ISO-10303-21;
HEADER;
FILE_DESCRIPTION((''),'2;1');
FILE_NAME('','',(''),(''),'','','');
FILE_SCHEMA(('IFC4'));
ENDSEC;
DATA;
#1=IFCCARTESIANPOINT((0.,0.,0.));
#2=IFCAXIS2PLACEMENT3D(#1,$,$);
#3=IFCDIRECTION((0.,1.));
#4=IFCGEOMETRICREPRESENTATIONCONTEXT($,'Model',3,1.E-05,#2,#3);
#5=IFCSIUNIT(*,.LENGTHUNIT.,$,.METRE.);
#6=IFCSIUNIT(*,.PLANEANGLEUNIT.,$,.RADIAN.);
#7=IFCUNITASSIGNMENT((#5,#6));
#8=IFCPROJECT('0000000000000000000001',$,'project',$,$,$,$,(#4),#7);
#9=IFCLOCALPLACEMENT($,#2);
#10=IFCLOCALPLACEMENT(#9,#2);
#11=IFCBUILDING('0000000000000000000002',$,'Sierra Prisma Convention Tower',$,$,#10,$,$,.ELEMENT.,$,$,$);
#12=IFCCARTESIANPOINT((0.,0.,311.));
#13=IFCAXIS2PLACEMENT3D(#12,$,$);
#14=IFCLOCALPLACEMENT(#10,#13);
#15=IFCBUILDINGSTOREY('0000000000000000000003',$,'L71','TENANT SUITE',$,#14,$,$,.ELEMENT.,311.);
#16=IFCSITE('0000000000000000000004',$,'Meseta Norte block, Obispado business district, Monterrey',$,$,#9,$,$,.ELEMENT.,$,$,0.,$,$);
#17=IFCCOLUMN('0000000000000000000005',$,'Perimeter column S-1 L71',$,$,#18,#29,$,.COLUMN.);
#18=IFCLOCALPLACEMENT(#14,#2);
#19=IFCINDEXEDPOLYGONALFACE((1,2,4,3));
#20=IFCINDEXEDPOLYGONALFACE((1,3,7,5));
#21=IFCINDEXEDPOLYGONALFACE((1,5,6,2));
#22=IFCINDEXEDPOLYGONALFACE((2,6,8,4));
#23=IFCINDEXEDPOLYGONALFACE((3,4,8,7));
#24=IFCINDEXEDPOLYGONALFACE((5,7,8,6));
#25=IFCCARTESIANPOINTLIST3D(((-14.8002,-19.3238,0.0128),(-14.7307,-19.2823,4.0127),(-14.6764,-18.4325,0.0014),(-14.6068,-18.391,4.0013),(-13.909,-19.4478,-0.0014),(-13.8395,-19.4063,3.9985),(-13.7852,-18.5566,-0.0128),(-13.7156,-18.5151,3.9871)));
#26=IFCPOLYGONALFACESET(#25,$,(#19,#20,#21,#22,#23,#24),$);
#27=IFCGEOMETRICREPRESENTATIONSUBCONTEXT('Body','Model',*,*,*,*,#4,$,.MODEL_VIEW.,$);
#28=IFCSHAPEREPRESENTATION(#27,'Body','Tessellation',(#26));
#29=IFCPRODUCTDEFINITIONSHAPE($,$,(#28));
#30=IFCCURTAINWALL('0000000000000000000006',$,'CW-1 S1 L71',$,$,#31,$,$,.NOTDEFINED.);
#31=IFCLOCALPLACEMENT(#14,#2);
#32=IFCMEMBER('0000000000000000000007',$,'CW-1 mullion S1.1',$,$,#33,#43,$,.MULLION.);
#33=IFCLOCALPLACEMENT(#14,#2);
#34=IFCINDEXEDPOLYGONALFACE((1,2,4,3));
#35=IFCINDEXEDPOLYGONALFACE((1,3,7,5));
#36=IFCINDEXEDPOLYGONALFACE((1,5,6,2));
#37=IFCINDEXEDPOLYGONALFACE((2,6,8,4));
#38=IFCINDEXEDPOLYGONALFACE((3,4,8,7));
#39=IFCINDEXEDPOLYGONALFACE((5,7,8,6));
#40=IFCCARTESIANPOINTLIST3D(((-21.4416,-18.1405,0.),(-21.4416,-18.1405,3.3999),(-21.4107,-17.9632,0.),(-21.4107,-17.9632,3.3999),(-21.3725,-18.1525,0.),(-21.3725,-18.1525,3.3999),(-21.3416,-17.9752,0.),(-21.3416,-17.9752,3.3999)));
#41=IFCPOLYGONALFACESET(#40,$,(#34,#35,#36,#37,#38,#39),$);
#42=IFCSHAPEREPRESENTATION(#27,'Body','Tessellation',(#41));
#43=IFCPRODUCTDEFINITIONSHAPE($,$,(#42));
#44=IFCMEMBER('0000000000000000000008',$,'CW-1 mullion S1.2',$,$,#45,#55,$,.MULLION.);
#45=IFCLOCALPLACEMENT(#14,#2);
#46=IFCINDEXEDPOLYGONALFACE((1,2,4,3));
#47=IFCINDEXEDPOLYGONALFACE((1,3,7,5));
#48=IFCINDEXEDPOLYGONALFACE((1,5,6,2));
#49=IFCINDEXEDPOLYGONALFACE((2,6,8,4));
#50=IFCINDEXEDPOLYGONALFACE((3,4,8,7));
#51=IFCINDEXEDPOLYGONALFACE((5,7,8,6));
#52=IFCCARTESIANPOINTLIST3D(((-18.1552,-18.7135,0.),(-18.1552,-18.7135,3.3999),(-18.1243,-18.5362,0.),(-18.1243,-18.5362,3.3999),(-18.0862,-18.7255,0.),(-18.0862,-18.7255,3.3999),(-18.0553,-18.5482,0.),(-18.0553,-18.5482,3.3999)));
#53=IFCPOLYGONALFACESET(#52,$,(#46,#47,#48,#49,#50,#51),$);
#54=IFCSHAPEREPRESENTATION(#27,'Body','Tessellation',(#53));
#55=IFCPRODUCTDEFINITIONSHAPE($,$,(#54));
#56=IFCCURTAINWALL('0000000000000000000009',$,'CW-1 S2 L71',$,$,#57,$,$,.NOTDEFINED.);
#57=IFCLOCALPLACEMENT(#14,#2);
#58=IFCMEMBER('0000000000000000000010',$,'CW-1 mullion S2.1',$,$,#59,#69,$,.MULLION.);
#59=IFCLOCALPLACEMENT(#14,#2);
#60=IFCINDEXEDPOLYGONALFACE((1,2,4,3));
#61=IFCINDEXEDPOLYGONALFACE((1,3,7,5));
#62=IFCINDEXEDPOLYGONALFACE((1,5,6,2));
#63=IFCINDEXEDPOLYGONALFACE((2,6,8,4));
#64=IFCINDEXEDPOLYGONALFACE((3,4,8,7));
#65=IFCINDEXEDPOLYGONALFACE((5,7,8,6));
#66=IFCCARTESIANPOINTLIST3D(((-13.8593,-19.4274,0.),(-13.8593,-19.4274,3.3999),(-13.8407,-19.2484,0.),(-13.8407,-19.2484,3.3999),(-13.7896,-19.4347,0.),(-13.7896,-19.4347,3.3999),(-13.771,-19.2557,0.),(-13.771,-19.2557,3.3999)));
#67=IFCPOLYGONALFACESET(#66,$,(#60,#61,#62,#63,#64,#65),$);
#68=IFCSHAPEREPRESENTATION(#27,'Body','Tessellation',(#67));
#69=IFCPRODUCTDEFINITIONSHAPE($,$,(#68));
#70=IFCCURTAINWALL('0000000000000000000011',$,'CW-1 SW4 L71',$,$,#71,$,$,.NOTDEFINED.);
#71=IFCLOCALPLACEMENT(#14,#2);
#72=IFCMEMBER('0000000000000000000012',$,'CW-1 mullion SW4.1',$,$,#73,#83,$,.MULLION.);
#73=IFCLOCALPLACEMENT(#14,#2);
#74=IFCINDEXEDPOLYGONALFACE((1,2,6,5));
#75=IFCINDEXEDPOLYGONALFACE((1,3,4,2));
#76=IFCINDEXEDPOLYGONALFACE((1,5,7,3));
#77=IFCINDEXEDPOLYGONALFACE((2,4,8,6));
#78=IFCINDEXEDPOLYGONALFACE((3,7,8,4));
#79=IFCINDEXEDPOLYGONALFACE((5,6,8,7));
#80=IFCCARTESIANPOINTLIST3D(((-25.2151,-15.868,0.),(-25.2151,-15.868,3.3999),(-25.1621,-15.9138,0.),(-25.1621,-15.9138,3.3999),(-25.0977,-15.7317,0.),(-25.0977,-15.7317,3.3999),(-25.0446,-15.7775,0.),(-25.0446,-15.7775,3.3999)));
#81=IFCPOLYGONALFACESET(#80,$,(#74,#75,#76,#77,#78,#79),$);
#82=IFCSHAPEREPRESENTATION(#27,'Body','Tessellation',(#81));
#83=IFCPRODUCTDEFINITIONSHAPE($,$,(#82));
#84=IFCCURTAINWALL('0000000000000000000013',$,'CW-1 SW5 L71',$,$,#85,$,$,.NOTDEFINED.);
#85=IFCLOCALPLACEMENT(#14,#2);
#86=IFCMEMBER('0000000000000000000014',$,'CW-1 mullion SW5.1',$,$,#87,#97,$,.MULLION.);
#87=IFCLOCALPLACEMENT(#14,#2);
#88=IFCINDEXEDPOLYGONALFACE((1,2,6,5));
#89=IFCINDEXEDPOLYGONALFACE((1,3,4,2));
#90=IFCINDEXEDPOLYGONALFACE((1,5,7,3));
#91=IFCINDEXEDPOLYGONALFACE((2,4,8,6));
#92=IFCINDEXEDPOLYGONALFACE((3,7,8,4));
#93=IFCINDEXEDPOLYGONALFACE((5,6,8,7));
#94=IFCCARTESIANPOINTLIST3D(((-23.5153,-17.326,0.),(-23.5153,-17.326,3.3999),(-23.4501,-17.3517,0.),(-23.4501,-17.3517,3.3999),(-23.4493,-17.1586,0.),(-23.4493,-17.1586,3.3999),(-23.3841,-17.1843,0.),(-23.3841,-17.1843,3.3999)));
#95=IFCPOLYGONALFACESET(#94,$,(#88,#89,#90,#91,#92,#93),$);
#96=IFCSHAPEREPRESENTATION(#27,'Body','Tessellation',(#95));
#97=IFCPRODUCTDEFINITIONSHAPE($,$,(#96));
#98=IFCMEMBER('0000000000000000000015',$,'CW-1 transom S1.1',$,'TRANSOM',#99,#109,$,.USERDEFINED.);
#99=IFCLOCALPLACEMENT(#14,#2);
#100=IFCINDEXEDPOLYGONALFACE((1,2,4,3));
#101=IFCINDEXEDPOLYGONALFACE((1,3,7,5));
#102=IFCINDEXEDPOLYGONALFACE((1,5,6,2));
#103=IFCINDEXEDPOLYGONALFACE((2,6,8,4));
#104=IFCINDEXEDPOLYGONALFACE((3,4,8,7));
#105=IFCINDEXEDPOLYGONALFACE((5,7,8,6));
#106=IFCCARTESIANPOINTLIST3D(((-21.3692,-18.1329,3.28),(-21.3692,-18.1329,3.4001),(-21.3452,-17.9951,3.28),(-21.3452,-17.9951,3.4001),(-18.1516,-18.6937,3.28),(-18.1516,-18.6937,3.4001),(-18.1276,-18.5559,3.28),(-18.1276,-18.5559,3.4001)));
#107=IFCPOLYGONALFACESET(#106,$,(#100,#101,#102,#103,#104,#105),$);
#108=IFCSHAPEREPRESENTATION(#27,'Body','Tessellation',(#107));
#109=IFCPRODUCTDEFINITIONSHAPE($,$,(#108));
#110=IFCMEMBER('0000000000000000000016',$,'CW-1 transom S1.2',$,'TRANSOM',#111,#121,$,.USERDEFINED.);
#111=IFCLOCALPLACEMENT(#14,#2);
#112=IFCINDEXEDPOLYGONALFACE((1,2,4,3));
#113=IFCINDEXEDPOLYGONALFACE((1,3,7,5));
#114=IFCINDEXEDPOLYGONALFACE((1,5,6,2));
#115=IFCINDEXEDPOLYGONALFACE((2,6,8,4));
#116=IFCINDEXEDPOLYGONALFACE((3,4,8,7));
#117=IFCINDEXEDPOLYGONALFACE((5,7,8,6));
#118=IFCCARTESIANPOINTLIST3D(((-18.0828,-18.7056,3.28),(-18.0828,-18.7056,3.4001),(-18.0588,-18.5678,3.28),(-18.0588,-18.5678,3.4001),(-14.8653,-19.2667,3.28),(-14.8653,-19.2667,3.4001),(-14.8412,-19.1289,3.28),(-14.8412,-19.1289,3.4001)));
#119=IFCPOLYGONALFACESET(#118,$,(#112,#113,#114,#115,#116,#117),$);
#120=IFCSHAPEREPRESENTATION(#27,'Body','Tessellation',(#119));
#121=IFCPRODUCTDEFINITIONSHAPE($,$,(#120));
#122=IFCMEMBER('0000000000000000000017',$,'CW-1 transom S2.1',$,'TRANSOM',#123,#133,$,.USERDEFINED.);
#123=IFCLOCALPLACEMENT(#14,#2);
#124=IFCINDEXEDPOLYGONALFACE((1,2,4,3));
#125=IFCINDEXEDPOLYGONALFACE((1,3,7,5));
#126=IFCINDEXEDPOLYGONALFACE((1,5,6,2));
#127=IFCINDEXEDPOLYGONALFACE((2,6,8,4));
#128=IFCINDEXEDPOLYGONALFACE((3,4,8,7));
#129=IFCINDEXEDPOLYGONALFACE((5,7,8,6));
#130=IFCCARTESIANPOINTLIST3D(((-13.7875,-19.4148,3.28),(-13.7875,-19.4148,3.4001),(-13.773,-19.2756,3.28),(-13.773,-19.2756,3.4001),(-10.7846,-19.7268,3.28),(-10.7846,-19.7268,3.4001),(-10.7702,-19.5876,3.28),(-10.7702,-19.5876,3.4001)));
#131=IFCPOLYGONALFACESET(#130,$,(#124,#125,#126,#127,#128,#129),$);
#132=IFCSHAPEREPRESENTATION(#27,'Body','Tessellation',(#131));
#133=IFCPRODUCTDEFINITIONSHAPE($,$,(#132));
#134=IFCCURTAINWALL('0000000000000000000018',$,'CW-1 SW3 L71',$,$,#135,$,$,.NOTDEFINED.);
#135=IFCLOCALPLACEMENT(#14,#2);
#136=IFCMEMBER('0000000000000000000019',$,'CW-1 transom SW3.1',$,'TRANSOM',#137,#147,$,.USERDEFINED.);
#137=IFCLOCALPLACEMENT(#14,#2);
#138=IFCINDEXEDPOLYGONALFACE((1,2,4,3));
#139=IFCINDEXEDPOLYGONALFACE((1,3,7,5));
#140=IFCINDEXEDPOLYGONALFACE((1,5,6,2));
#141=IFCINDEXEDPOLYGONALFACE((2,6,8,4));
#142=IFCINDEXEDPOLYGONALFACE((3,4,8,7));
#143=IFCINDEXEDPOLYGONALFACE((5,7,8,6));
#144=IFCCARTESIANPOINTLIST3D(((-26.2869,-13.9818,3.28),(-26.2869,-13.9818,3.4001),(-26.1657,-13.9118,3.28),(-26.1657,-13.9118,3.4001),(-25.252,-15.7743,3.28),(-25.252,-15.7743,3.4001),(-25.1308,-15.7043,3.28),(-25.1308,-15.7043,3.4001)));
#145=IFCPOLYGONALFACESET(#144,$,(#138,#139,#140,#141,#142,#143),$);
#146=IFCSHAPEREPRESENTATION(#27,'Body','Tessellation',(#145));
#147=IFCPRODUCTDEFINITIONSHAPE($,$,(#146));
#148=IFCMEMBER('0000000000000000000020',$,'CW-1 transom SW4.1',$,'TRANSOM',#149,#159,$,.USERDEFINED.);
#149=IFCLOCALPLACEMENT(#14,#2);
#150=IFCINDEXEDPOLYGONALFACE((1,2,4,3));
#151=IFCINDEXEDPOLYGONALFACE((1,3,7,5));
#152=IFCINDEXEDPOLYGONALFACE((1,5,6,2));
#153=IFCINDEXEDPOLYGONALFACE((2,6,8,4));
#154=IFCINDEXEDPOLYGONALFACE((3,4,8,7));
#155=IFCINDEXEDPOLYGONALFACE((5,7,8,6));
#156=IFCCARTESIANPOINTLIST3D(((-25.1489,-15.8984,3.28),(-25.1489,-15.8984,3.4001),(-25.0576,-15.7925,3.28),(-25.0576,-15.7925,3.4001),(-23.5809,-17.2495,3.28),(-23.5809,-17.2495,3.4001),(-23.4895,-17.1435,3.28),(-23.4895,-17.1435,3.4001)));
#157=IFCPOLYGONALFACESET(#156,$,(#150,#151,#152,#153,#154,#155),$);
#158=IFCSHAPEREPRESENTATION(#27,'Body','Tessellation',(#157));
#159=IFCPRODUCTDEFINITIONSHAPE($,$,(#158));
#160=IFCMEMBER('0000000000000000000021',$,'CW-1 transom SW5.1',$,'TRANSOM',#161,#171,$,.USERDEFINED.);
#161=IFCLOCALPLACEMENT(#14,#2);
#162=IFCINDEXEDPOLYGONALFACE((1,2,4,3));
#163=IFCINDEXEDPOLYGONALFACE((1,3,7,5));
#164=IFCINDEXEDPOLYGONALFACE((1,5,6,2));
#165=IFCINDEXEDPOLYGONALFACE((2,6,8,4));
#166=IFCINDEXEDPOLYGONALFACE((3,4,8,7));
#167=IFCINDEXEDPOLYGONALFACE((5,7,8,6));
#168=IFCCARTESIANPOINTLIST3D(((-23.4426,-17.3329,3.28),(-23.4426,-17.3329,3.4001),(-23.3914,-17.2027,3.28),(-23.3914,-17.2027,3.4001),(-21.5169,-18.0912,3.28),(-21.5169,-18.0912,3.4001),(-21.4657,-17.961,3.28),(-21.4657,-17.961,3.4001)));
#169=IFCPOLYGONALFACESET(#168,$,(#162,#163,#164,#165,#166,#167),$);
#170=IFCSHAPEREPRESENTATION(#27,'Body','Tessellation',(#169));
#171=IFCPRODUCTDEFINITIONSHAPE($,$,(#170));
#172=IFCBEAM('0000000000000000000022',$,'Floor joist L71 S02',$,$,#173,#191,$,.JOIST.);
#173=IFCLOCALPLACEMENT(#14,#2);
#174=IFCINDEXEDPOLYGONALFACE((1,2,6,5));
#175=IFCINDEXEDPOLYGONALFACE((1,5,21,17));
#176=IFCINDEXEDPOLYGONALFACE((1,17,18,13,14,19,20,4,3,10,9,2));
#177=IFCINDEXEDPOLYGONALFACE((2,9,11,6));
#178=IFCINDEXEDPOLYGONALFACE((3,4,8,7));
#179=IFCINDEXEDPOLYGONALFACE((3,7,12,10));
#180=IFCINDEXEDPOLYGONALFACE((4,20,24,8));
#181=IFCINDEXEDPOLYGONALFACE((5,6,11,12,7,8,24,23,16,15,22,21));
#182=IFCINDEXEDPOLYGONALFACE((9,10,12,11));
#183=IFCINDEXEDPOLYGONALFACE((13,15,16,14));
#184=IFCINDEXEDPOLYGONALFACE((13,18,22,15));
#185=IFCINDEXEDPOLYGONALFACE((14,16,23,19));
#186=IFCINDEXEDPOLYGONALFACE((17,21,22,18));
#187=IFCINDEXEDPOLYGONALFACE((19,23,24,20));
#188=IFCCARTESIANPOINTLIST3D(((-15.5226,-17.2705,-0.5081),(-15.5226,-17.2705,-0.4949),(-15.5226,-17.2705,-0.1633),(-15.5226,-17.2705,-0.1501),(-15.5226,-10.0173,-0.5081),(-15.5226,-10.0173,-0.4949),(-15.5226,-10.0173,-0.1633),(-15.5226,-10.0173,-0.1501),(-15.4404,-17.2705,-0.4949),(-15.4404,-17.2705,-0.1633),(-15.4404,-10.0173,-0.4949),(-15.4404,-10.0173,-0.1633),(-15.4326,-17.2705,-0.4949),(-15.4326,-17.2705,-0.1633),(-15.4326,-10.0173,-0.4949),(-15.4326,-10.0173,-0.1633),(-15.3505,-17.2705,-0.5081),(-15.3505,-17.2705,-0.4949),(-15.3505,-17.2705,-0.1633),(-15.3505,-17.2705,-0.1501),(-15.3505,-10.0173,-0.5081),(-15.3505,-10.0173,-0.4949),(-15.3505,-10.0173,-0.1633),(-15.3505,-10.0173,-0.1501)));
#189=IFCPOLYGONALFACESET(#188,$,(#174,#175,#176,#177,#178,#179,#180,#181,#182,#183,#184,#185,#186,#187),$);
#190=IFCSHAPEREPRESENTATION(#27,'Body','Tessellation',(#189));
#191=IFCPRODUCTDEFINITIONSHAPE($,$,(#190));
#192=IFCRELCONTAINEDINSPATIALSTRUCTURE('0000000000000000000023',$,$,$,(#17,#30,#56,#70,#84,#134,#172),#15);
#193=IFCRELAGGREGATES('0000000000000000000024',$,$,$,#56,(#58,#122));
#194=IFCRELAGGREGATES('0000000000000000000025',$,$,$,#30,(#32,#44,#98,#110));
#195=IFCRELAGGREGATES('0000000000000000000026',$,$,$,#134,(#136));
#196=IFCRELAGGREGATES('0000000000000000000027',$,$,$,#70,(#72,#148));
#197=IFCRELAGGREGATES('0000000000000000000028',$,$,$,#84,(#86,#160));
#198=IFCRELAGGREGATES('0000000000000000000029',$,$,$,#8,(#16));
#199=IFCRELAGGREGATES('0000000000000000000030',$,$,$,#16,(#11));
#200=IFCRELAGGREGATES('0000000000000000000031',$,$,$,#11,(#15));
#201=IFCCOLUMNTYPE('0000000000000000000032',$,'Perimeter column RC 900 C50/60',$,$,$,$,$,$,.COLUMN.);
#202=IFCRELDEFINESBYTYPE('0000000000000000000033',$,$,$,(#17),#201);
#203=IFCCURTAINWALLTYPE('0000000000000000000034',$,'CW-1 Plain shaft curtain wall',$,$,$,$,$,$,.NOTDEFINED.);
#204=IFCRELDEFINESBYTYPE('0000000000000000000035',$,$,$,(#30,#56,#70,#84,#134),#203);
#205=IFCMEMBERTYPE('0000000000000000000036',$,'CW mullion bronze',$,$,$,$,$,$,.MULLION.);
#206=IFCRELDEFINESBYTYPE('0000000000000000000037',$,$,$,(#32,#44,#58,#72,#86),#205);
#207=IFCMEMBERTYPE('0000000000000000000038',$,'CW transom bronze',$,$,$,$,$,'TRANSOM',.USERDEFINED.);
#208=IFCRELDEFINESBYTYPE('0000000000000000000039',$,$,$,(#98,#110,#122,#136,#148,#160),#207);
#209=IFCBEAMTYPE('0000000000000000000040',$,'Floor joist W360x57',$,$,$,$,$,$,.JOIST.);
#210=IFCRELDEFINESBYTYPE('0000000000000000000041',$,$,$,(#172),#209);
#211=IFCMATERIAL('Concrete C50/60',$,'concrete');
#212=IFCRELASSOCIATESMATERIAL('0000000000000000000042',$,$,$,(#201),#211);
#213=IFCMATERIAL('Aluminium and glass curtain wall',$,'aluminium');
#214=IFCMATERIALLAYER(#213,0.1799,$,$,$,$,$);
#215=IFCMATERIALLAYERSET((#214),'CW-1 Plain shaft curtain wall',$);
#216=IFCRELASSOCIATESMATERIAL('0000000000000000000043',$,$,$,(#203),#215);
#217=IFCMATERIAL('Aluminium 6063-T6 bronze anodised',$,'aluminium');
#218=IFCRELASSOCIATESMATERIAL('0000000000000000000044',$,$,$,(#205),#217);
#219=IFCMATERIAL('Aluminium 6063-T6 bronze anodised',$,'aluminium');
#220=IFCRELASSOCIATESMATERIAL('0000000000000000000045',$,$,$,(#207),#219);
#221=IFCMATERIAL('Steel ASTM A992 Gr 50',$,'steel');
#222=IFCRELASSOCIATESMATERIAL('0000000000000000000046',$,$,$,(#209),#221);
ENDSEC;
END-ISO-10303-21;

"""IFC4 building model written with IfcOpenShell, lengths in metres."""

from ifc_helpers import new_model, si_unit, direction, frame, origin, origin_2d, place, context, subcontext, project, spatial, rectangle, i_section, extrude, material, layer, layer_set, material_profile, profile_set, type_object, element, aggregate, save


model = new_model("IFC4")

# Units and contexts
model_context = context("Model", 3, precision=1e-05, world=origin(), true_north=direction((0.0, 1.0)))
body_context = subcontext(model_context, "Body", "Model", "MODEL_VIEW")
ifc_project = project(units=[si_unit("LENGTHUNIT", "METRE"), si_unit("PLANEANGLEUNIT", "RADIAN")], contexts=[model_context])

# Site, building, storey
site_placement = place(None, origin())
site = spatial("IfcSite", under=ifc_project, at=site_placement, Name="Meseta Norte block, Obispado business district, Monterrey", CompositionType="ELEMENT", RefElevation=0.0)
building_placement = place(site_placement, origin())
building = spatial("IfcBuilding", under=site, at=building_placement, Name="Sierra Prisma Convention Tower", CompositionType="ELEMENT")
storey_placement = place(building_placement, frame((0.0, 0.0, 311.0)))
storey = spatial("IfcBuildingStorey", under=building, at=storey_placement, Name="L71", Description="TENANT SUITE", CompositionType="ELEMENT", Elevation=311.0)

# Column
ifc_material_1 = material(Name="Concrete C50/60", Category="concrete")
ifc_material_profile_1 = material_profile(ifc_material_1, rectangle(XDim=0.8999, YDim=0.8999, at=origin_2d()), Name="Perimeter column RC 900 C50/60")
ifc_profile_set_1 = profile_set([ifc_material_profile_1], Name="Concrete C50/60")
column_type = type_object("IfcColumnType", Name="Perimeter column RC 900 C50/60", PredefinedType="COLUMN", material=ifc_profile_set_1)
column_placement = place(storey_placement, frame((-14.2927, -18.9402, 0.0), z_axis=(0.017391, 0.010374, 0.999795), x_axis=(-0.990333, 0.137804, 0.015797)))
element("IfcColumn", 1, at=column_placement, inside=storey, type_object=column_type, Name="Perimeter column S-1 L71", PredefinedType="COLUMN", context=body_context, shape_type="SweptSolid", body=[
    extrude(rectangle(XDim=0.8999, YDim=0.8999, at=origin_2d()), origin(), (0.0, 0.0, 1.0), 4.0007),
])

# Curtain wall, members
ifc_material_2 = material(Name="Aluminium and glass curtain wall", Category="aluminium")
ifc_layer_1 = layer(ifc_material_2, 0.1799)
ifc_layer_set_1 = layer_set([ifc_layer_1], Name="CW-1 Plain shaft curtain wall")
curtain_wall_type = type_object("IfcCurtainWallType", Name="CW-1 Plain shaft curtain wall", PredefinedType="NOTDEFINED", material=ifc_layer_set_1)
curtain_wall_1_placement = place(storey_placement, origin())
curtain_wall_1 = element("IfcCurtainWall", 2, at=curtain_wall_1_placement, inside=storey, type_object=curtain_wall_type, Name="CW-1 S1 L71", PredefinedType="NOTDEFINED")
ifc_material_3 = material(Name="Aluminium 6063-T6 bronze anodised", Category="aluminium")
ifc_material_profile_2 = material_profile(ifc_material_3, rectangle(XDim=0.1799, YDim=0.0701, at=origin_2d()), Name="ALU MULLION 70x180")
ifc_profile_set_2 = profile_set([ifc_material_profile_2], Name="Aluminium 6063-T6 bronze anodised")
member_type_1 = type_object("IfcMemberType", Name="CW mullion bronze", PredefinedType="MULLION", material=ifc_profile_set_2)
member_1_placement = place(storey_placement, frame((-21.3916, -18.0579, 0.0), z_axis=(0.0, 0.0, 1.0), x_axis=(0.171733, 0.985144, 0.0)))
member_1 = element("IfcMember", 3, at=member_1_placement, type_object=member_type_1, Name="CW-1 mullion S1.1", PredefinedType="MULLION", context=body_context, shape_type="SweptSolid", body=[
    extrude(rectangle(XDim=0.1799, YDim=0.0701, at=origin_2d()), origin(), (0.0, 0.0, 1.0), 3.3999),
])
member_2_placement = place(storey_placement, frame((-18.1052, -18.6309, 0.0), z_axis=(0.0, 0.0, 1.0), x_axis=(0.171733, 0.985144, 0.0)))
member_2 = element("IfcMember", 4, at=member_2_placement, type_object=member_type_1, Name="CW-1 mullion S1.2", PredefinedType="MULLION", context=body_context, shape_type="SweptSolid", body=[
    extrude(rectangle(XDim=0.1799, YDim=0.0701, at=origin_2d()), origin(), (0.0, 0.0, 1.0), 3.3999),
])

# Curtain walls, members
curtain_wall_2_placement = place(storey_placement, origin())
curtain_wall_2 = element("IfcCurtainWall", 5, at=curtain_wall_2_placement, inside=storey, type_object=curtain_wall_type, Name="CW-1 S2 L71", PredefinedType="NOTDEFINED")
member_3_placement = place(storey_placement, frame((-13.8152, -19.3416, 0.0), z_axis=(0.0, 0.0, 1.0), x_axis=(0.103368, 0.994643, 0.0)))
member_3 = element("IfcMember", 6, at=member_3_placement, type_object=member_type_1, Name="CW-1 mullion S2.1", PredefinedType="MULLION", context=body_context, shape_type="SweptSolid", body=[
    extrude(rectangle(XDim=0.1799, YDim=0.0701, at=origin_2d()), origin(), (0.0, 0.0, 1.0), 3.3999),
])
curtain_wall_3_placement = place(storey_placement, origin())
curtain_wall_3 = element("IfcCurtainWall", 7, at=curtain_wall_3_placement, inside=storey, type_object=curtain_wall_type, Name="CW-1 SW4 L71", PredefinedType="NOTDEFINED")
member_4_placement = place(storey_placement, frame((-25.1299, -15.8228, 0.0), z_axis=(0.0, 0.0, 1.0), x_axis=(0.652714, 0.757605, 0.0)))
member_4 = element("IfcMember", 8, at=member_4_placement, type_object=member_type_1, Name="CW-1 mullion SW4.1", PredefinedType="MULLION", context=body_context, shape_type="SweptSolid", body=[
    extrude(rectangle(XDim=0.1799, YDim=0.0701, at=origin_2d()), origin(), (0.0, 0.0, 1.0), 3.3999),
])
curtain_wall_4_placement = place(storey_placement, origin())
curtain_wall_4 = element("IfcCurtainWall", 9, at=curtain_wall_4_placement, inside=storey, type_object=curtain_wall_type, Name="CW-1 SW5 L71", PredefinedType="NOTDEFINED")
member_5_placement = place(storey_placement, frame((-23.4497, -17.2551, 0.0), z_axis=(0.0, 0.0, 1.0), x_axis=(0.366388, 0.930462, 0.0)))
member_5 = element("IfcMember", 10, at=member_5_placement, type_object=member_type_1, Name="CW-1 mullion SW5.1", PredefinedType="MULLION", context=body_context, shape_type="SweptSolid", body=[
    extrude(rectangle(XDim=0.1799, YDim=0.0701, at=origin_2d()), origin(), (0.0, 0.0, 1.0), 3.3999),
])

# Members
ifc_material_4 = material(Name="Aluminium 6063-T6 bronze anodised", Category="aluminium")
ifc_material_profile_3 = material_profile(ifc_material_4, rectangle(XDim=0.1399, YDim=0.1201, at=origin_2d()), Name="ALU TRANSOM 120x140")
ifc_profile_set_3 = profile_set([ifc_material_profile_3], Name="Aluminium 6063-T6 bronze anodised")
member_type_2 = type_object("IfcMemberType", Name="CW transom bronze", ElementType="TRANSOM", PredefinedType="USERDEFINED", material=ifc_profile_set_3)
member_6_placement = place(storey_placement, frame((-21.3572, -18.064, 3.3401), z_axis=(0.985149, -0.171704, 0.0), x_axis=(0.171704, 0.985149, 0.0)))
member_6 = element("IfcMember", 11, at=member_6_placement, type_object=member_type_2, Name="CW-1 transom S1.1", ObjectType="TRANSOM", PredefinedType="USERDEFINED", context=body_context, shape_type="SweptSolid", body=[
    extrude(rectangle(XDim=0.1399, YDim=0.1201, at=origin_2d()), origin(), (0.0, 0.0, 1.0), 3.2661),
])
member_7_placement = place(storey_placement, frame((-18.0708, -18.6367, 3.3401), z_axis=(0.985136, -0.171776, 0.0), x_axis=(0.171776, 0.985136, 0.0)))
member_7 = element("IfcMember", 12, at=member_7_placement, type_object=member_type_2, Name="CW-1 transom S1.2", ObjectType="TRANSOM", PredefinedType="USERDEFINED", context=body_context, shape_type="SweptSolid", body=[
    extrude(rectangle(XDim=0.1399, YDim=0.1201, at=origin_2d()), origin(), (0.0, 0.0, 1.0), 3.2661),
])
member_8_placement = place(storey_placement, frame((-13.7803, -19.3452, 3.3401), z_axis=(0.994645, -0.103346, 0.0), x_axis=(0.103346, 0.994645, 0.0)))
member_8 = element("IfcMember", 13, at=member_8_placement, type_object=member_type_2, Name="CW-1 transom S2.1", ObjectType="TRANSOM", PredefinedType="USERDEFINED", context=body_context, shape_type="SweptSolid", body=[
    extrude(rectangle(XDim=0.1399, YDim=0.1201, at=origin_2d()), origin(), (0.0, 0.0, 1.0), 3.019),
])
aggregate(curtain_wall_2, [member_3, member_8])

# Curtain wall, member
curtain_wall_5_placement = place(storey_placement, origin())
curtain_wall_5 = element("IfcCurtainWall", 14, at=curtain_wall_5_placement, inside=storey, type_object=curtain_wall_type, Name="CW-1 SW3 L71", PredefinedType="NOTDEFINED")
member_9_placement = place(storey_placement, frame((-26.2263, -13.9468, 3.3401), z_axis=(0.500008, -0.866021, 0.0), x_axis=(0.866021, 0.500008, 0.0)))
member_9 = element("IfcMember", 15, at=member_9_placement, type_object=member_type_2, Name="CW-1 transom SW3.1", ObjectType="TRANSOM", PredefinedType="USERDEFINED", context=body_context, shape_type="SweptSolid", body=[
    extrude(rectangle(XDim=0.1399, YDim=0.1201, at=origin_2d()), origin(), (0.0, 0.0, 1.0), 2.0698),
])

# Members
member_10_placement = place(storey_placement, frame((-25.1033, -15.8455, 3.3401), z_axis=(0.757589, -0.652732, 0.0), x_axis=(0.652732, 0.757589, 0.0)))
member_10 = element("IfcMember", 16, at=member_10_placement, type_object=member_type_2, Name="CW-1 transom SW4.1", ObjectType="TRANSOM", PredefinedType="USERDEFINED", context=body_context, shape_type="SweptSolid", body=[
    extrude(rectangle(XDim=0.1399, YDim=0.1201, at=origin_2d()), origin(), (0.0, 0.0, 1.0), 2.0698),
])
member_11_placement = place(storey_placement, frame((-23.417, -17.2678, 3.3401), z_axis=(0.930464, -0.366382, 0.0), x_axis=(0.366382, 0.930464, 0.0)))
member_11 = element("IfcMember", 17, at=member_11_placement, type_object=member_type_2, Name="CW-1 transom SW5.1", ObjectType="TRANSOM", PredefinedType="USERDEFINED", context=body_context, shape_type="SweptSolid", body=[
    extrude(rectangle(XDim=0.1399, YDim=0.1201, at=origin_2d()), origin(), (0.0, 0.0, 1.0), 2.0696),
])

# Beam
ifc_material_5 = material(Name="Steel ASTM A992 Gr 50", Category="steel")
ifc_material_profile_4 = material_profile(ifc_material_5, i_section(OverallWidth=0.1721, OverallDepth=0.3579, WebThickness=0.0078, FlangeThickness=0.0132, at=origin_2d()), Name="W360x57")
ifc_profile_set_4 = profile_set([ifc_material_profile_4], Name="Steel ASTM A992 Gr 50")
beam_type_1 = type_object("IfcBeamType", Name="Floor joist W360x57", PredefinedType="JOIST", material=ifc_profile_set_4)
beam_1_placement = place(storey_placement, frame((-15.4365, -17.2705, -0.3291), z_axis=(0.0, 1.0, 0.0), x_axis=(-1.0, 0.0, 0.0)))
element("IfcBeam", 18, at=beam_1_placement, inside=storey, type_object=beam_type_1, Name="Floor joist L71 S02", PredefinedType="JOIST", context=body_context, shape_type="SweptSolid", body=[
    extrude(i_section(OverallWidth=0.1721, OverallDepth=0.3579, WebThickness=0.0078, FlangeThickness=0.0132, at=origin_2d()), origin(), (0.0, 0.0, 1.0), 7.2532),
])

aggregate(curtain_wall_1, [member_1, member_2, member_6, member_7])
aggregate(curtain_wall_5, [member_9])
aggregate(curtain_wall_3, [member_4, member_10])
aggregate(curtain_wall_4, [member_5, member_11])

save(model, "model.ifc")
